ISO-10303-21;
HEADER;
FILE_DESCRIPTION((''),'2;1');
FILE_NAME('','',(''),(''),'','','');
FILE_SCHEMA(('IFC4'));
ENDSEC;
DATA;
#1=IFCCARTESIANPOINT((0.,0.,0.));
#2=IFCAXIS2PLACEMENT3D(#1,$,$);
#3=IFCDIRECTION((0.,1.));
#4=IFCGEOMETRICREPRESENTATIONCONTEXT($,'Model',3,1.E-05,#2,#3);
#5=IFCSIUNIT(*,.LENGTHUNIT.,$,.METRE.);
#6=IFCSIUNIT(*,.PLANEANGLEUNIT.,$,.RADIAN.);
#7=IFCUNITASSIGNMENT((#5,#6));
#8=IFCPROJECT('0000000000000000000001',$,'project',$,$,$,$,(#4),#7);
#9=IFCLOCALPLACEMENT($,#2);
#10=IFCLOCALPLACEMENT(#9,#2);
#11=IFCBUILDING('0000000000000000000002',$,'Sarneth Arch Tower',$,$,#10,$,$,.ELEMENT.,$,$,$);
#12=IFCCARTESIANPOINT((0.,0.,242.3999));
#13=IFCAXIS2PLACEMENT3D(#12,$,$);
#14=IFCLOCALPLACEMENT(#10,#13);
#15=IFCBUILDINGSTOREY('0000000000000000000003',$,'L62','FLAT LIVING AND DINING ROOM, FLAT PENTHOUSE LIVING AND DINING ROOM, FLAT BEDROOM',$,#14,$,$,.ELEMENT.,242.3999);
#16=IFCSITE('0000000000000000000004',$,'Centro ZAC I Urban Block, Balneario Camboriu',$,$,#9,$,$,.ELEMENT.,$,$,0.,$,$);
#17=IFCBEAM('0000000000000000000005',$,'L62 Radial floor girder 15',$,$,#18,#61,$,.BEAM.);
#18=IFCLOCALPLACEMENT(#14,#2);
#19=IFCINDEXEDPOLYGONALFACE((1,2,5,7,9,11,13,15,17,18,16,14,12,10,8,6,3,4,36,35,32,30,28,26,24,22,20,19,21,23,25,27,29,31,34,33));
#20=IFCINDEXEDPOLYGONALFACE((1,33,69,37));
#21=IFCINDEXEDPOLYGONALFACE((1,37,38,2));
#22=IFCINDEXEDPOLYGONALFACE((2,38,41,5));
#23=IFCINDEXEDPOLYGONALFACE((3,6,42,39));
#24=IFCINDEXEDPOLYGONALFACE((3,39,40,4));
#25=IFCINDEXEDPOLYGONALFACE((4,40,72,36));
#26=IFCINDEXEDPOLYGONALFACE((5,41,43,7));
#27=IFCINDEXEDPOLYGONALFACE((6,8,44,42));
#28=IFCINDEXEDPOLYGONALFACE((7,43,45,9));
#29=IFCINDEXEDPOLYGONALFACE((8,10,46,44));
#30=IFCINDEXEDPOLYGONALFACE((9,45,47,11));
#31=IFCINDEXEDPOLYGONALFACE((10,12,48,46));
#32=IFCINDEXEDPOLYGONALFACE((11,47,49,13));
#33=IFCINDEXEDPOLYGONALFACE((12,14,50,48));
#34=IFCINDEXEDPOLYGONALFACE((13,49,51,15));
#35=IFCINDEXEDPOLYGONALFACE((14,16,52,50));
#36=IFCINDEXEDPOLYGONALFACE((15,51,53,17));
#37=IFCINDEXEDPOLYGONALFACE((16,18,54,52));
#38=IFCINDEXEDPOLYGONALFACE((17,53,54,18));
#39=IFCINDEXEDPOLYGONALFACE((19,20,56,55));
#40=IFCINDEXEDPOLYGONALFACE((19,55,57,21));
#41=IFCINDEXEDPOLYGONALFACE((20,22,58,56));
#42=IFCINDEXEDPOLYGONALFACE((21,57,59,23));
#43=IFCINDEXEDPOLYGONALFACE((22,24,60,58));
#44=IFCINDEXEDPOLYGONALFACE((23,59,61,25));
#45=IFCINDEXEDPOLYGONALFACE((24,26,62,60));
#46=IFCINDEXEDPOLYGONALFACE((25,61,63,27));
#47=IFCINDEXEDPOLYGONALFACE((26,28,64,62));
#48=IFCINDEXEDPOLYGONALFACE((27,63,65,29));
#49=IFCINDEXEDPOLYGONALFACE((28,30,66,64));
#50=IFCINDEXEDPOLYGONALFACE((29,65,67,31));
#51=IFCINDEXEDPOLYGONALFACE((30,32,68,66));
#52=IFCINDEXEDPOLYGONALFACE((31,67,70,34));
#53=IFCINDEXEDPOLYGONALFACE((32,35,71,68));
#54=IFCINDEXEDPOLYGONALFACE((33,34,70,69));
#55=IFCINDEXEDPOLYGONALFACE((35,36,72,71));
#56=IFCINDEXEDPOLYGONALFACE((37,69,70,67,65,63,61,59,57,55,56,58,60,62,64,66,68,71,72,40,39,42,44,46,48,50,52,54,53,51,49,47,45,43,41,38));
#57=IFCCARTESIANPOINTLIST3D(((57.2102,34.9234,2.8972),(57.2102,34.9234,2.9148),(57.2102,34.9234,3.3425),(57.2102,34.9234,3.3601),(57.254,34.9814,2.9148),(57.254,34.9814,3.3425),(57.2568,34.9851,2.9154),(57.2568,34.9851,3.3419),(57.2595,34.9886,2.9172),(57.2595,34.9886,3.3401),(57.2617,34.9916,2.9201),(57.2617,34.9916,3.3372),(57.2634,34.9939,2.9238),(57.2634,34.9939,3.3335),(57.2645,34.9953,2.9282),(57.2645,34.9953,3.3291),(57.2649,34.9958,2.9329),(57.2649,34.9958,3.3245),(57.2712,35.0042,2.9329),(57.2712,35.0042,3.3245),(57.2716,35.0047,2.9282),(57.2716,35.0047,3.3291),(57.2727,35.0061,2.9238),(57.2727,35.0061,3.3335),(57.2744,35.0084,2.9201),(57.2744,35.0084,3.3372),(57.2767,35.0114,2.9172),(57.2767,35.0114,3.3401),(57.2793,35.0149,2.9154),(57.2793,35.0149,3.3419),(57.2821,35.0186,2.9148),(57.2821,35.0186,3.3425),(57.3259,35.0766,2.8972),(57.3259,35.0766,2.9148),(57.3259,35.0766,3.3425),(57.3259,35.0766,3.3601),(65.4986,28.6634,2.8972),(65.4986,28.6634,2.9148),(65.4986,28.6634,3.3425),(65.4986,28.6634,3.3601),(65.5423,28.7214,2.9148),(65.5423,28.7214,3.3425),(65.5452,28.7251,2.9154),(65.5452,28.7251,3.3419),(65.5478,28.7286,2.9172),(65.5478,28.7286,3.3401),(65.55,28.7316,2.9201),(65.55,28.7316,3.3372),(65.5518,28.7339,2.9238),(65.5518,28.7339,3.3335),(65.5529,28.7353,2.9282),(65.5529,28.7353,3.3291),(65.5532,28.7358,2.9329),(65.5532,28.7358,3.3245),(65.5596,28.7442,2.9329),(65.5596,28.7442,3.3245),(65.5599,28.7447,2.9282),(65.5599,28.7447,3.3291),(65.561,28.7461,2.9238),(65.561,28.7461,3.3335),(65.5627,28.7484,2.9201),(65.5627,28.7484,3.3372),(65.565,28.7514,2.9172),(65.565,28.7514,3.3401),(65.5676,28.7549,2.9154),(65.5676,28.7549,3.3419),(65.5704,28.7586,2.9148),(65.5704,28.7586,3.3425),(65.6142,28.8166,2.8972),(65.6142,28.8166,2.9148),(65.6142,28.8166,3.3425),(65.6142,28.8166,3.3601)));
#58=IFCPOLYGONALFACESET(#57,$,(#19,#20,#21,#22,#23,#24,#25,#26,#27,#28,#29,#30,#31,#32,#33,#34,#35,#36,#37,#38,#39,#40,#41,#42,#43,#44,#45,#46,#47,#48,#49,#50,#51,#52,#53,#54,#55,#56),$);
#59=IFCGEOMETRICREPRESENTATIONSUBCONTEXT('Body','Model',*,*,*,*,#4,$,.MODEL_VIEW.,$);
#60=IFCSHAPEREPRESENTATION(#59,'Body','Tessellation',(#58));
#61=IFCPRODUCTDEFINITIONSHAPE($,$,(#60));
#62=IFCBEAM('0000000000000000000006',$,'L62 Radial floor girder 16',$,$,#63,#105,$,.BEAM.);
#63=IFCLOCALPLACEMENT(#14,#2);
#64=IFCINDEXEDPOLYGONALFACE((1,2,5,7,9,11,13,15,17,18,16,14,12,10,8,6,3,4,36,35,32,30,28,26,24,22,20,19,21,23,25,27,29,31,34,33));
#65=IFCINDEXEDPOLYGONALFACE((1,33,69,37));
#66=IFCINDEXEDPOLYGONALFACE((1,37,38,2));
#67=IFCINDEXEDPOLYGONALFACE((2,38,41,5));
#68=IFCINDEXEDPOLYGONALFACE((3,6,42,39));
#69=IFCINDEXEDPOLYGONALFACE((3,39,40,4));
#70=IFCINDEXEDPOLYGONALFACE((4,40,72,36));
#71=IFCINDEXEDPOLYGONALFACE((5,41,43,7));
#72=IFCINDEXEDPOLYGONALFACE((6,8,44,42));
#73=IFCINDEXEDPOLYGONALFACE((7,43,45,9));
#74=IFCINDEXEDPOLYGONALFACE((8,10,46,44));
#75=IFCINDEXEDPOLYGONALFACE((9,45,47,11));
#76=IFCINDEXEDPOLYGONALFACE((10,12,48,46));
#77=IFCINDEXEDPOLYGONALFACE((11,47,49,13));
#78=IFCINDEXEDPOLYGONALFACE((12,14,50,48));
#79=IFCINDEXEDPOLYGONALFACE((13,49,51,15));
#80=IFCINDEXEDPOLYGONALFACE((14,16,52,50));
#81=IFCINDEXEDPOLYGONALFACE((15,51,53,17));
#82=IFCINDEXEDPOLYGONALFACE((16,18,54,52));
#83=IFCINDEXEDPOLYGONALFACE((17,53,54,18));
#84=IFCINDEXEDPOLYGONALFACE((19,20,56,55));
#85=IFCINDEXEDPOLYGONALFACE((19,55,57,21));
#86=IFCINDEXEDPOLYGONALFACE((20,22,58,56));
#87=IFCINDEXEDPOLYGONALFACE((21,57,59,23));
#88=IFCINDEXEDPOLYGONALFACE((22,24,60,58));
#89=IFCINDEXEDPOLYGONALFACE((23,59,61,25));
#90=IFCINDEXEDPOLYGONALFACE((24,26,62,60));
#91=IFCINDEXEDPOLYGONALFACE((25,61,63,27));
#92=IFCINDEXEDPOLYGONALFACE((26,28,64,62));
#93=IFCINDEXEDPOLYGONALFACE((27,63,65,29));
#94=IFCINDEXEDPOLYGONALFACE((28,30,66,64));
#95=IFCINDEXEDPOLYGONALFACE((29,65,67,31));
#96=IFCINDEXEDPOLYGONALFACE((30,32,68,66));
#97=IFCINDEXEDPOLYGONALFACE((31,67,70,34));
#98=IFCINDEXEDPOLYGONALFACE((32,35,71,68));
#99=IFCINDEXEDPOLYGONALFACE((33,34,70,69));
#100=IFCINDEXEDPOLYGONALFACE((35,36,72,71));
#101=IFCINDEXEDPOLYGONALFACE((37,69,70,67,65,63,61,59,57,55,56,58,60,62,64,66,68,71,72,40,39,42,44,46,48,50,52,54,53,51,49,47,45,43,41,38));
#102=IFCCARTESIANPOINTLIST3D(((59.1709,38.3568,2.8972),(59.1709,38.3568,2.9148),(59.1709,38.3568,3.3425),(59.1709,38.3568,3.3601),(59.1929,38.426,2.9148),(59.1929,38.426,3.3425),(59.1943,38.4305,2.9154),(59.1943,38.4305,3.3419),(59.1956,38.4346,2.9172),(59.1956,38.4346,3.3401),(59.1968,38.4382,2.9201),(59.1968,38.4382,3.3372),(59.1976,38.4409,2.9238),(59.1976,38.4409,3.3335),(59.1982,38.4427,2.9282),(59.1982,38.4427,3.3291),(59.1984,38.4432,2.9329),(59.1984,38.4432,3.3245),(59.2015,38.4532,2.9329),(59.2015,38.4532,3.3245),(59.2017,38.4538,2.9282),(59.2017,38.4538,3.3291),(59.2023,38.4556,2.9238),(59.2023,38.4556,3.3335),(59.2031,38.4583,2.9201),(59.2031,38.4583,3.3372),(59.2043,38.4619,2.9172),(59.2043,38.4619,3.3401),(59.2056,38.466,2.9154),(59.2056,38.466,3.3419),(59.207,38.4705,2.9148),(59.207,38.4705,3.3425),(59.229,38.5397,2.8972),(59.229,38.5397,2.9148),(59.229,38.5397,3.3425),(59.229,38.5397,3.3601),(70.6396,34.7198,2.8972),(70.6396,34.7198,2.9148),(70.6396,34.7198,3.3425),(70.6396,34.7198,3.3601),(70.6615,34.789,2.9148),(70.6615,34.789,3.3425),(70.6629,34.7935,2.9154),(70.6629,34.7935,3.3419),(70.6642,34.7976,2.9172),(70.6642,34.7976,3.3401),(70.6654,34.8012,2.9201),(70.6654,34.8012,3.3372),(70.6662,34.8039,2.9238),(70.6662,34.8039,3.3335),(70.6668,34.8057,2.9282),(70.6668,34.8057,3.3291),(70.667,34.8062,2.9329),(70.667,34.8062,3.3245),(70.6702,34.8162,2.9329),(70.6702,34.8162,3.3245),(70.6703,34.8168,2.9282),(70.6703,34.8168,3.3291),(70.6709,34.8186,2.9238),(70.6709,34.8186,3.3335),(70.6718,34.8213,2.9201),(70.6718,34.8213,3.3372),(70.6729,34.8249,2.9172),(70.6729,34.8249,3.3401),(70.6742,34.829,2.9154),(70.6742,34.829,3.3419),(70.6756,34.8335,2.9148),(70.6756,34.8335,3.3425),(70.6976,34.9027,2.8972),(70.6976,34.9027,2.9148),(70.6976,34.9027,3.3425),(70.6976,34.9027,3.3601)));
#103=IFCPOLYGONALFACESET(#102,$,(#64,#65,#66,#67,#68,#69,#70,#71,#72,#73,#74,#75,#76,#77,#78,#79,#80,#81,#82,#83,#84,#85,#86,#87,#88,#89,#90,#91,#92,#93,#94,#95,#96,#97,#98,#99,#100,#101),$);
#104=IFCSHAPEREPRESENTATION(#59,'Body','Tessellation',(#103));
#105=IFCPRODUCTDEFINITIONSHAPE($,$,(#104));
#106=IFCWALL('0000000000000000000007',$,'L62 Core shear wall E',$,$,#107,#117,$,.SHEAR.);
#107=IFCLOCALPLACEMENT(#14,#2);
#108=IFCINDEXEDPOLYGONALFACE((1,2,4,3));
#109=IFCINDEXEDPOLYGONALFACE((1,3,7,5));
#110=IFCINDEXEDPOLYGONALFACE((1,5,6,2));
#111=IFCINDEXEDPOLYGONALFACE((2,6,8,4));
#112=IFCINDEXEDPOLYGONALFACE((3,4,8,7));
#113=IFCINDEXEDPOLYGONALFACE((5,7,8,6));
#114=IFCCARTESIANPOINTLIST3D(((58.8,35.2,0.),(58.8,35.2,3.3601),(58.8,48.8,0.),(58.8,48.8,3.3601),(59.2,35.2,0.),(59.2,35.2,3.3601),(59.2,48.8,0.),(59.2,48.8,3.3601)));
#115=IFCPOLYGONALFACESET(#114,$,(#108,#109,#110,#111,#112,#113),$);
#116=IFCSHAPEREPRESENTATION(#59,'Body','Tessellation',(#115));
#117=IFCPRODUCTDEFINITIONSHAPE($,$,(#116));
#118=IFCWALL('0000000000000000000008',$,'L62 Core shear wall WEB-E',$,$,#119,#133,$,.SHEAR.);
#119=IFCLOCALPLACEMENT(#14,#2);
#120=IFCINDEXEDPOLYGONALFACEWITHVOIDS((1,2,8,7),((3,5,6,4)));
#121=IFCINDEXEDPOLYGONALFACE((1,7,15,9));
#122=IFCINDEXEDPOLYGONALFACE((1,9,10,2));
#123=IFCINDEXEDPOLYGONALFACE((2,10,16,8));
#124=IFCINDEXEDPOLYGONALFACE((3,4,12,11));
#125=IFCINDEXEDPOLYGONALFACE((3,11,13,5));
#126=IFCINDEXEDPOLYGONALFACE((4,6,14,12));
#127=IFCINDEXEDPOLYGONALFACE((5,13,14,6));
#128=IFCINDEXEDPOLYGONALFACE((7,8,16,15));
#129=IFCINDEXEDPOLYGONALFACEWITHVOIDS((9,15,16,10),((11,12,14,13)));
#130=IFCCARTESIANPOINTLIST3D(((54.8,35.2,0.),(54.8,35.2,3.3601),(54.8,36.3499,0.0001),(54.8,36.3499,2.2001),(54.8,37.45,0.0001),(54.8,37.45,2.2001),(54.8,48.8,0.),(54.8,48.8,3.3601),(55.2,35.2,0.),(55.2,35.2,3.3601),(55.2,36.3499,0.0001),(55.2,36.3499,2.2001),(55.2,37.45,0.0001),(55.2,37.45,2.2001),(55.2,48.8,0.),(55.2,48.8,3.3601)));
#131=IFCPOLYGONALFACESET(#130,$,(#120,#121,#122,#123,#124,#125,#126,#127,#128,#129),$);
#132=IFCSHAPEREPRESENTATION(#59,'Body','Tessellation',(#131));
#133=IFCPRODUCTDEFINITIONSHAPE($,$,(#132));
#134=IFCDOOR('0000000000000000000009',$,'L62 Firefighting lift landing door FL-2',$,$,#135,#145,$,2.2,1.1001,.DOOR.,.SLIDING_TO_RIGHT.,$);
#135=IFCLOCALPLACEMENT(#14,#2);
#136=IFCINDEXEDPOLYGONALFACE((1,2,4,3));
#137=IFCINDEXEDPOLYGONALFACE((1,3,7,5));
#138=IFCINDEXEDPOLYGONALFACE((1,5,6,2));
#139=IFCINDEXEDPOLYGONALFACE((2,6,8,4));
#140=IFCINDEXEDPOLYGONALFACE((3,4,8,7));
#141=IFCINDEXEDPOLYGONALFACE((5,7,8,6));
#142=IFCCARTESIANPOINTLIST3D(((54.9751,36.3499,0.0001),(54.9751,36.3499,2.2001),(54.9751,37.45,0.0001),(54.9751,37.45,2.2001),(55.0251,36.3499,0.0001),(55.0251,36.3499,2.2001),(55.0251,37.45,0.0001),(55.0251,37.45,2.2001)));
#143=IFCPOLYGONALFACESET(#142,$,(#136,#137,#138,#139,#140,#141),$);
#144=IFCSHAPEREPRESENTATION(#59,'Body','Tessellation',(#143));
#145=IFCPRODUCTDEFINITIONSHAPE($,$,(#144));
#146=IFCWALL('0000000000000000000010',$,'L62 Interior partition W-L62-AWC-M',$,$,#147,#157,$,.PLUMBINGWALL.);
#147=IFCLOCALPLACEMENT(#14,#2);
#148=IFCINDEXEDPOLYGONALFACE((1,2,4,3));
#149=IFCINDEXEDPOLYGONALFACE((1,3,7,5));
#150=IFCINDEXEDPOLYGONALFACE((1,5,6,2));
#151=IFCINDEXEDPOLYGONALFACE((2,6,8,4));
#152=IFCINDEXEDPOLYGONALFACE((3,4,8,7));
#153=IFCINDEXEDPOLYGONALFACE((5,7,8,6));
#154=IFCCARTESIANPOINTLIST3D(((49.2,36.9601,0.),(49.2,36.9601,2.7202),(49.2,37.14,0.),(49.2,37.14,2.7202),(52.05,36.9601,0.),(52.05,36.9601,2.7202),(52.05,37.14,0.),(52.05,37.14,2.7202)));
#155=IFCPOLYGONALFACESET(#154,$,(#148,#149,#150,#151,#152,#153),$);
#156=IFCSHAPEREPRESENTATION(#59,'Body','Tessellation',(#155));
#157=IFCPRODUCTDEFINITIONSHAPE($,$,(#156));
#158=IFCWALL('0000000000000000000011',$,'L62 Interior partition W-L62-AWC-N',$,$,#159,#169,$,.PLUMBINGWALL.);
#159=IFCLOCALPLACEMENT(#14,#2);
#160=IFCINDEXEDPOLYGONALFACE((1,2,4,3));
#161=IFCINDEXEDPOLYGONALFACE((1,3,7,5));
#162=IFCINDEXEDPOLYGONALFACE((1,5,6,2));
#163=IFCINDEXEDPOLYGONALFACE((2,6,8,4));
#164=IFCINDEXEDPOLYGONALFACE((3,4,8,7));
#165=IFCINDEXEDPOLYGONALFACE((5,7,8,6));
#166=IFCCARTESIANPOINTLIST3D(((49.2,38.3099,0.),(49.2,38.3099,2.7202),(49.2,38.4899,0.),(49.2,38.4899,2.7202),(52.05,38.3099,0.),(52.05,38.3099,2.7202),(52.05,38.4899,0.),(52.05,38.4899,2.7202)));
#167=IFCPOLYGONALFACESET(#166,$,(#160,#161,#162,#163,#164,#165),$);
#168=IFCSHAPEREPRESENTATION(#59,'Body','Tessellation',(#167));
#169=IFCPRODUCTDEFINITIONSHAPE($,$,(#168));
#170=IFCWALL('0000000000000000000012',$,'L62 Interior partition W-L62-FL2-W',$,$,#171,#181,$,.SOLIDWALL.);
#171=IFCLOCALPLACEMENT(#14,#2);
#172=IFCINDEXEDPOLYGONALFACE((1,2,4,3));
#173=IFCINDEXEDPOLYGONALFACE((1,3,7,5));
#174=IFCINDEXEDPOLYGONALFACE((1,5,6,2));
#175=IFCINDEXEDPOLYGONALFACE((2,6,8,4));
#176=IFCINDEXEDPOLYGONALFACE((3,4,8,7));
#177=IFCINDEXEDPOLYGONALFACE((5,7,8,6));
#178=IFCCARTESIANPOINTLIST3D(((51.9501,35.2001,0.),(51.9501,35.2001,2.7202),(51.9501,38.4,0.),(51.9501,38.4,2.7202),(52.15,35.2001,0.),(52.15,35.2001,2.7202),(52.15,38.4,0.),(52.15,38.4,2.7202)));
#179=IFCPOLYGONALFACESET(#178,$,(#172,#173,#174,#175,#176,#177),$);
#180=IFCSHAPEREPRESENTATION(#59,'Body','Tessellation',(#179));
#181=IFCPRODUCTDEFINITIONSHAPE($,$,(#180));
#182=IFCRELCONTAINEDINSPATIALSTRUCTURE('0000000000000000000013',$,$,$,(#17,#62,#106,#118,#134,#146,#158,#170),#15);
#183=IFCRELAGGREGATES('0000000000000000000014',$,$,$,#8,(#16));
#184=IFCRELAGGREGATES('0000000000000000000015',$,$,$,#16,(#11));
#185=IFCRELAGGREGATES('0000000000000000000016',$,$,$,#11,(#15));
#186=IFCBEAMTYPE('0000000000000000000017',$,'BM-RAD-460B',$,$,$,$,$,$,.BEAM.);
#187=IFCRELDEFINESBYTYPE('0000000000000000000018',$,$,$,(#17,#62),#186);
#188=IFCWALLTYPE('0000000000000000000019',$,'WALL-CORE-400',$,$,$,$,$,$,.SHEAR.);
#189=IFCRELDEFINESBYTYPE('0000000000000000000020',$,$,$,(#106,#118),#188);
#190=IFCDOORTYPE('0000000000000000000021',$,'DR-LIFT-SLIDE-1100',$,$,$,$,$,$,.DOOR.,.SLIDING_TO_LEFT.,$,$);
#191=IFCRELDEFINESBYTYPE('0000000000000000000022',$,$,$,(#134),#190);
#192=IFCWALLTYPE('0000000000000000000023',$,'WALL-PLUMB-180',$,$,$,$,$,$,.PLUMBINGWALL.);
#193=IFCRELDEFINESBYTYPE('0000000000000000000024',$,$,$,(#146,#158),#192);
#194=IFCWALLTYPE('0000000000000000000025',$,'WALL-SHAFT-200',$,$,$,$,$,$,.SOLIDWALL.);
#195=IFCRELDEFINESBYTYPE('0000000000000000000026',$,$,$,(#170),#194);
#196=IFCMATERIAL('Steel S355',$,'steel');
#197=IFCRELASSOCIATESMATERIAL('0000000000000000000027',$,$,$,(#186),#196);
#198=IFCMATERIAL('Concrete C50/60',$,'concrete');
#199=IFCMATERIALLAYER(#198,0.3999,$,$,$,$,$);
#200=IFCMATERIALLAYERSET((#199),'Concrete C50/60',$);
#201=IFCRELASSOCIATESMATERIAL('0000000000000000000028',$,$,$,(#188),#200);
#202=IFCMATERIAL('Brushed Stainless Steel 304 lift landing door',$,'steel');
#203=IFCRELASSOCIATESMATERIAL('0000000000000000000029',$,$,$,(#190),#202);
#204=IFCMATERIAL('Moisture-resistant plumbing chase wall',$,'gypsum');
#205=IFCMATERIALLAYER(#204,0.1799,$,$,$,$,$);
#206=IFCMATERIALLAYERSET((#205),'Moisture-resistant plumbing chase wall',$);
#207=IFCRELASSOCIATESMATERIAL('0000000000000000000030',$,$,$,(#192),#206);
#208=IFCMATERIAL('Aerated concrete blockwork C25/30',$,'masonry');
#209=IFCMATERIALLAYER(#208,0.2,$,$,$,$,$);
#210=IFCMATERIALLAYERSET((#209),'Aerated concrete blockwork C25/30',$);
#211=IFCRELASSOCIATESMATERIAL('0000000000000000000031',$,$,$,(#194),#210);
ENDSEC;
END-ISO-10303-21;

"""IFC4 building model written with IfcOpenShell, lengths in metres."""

from ifc_helpers import new_model, si_unit, direction, frame, frame_2d, origin, origin_2d, place, context, subcontext, project, spatial, rectangle, i_section, extrude, material, layer, layer_set, material_profile, profile_set, type_object, element, fill, save


model = new_model("IFC4")

# Units and contexts
model_context = context("Model", 3, precision=1e-05, world=origin(), true_north=direction((0.0, 1.0)))
body_context = subcontext(model_context, "Body", "Model", "MODEL_VIEW")
ifc_project = project(units=[si_unit("LENGTHUNIT", "METRE"), si_unit("PLANEANGLEUNIT", "RADIAN")], contexts=[model_context])

# Site, building, storey
site_placement = place(None, origin())
site = spatial("IfcSite", under=ifc_project, at=site_placement, Name="Centro ZAC I Urban Block, Balneario Camboriu", CompositionType="ELEMENT", RefElevation=0.0)
building_placement = place(site_placement, origin())
building = spatial("IfcBuilding", under=site, at=building_placement, Name="Sarneth Arch Tower", CompositionType="ELEMENT")
storey_placement = place(building_placement, frame((0.0, 0.0, 242.3999)))
storey = spatial("IfcBuildingStorey", under=building, at=storey_placement, Name="L62", Description="FLAT LIVING AND DINING ROOM, FLAT PENTHOUSE LIVING AND DINING ROOM, FLAT BEDROOM", CompositionType="ELEMENT", Elevation=242.3999)

# Beams
ifc_material_1 = material(Name="Steel S355", Category="steel")
ifc_material_profile_1 = material_profile(ifc_material_1, i_section(OverallWidth=0.1919, OverallDepth=0.4629, WebThickness=0.0105, FlangeThickness=0.0176, FilletRadius=0.0181, at=origin_2d()), Name="W460x89")
ifc_profile_set_1 = profile_set([ifc_material_profile_1], Name="Steel S355")
beam_type_1 = type_object("IfcBeamType", Name="BM-RAD-460B", PredefinedType="BEAM", material=ifc_profile_set_1)
beam_1_placement = place(storey_placement, frame((57.2681, 35.0, 3.1287), z_axis=(0.797973, -0.602693, 0.0), x_axis=(0.602693, 0.797973, 0.0)))
element("IfcBeam", 1, at=beam_1_placement, inside=storey, type_object=beam_type_1, Name="L62 Radial floor girder 15", PredefinedType="BEAM", context=body_context, shape_type="SweptSolid", body=[
    extrude(i_section(OverallWidth=0.1919, OverallDepth=0.4629, WebThickness=0.0105, FlangeThickness=0.0176, FilletRadius=0.0181, at=origin_2d()), origin(), (0.0, 0.0, 1.0), 10.3867),
])
beam_2_placement = place(storey_placement, frame((59.2, 38.4482, 3.1287), z_axis=(0.953216, -0.30229, 0.0), x_axis=(0.30229, 0.953216, 0.0)))
element("IfcBeam", 2, at=beam_2_placement, inside=storey, type_object=beam_type_1, Name="L62 Radial floor girder 16", PredefinedType="BEAM", context=body_context, shape_type="SweptSolid", body=[
    extrude(i_section(OverallWidth=0.1919, OverallDepth=0.4629, WebThickness=0.0105, FlangeThickness=0.0176, FilletRadius=0.0181, at=origin_2d()), origin(), (0.0, 0.0, 1.0), 12.0315),
])

# Shared definitions
ifc_material_2 = material(Name="Concrete C50/60", Category="concrete")
ifc_layer_1 = layer(ifc_material_2, 0.3999)
ifc_layer_set_1 = layer_set([ifc_layer_1], Name="Concrete C50/60")
wall_type_1 = type_object("IfcWallType", Name="WALL-CORE-400", PredefinedType="SHEAR", material=ifc_layer_set_1)

# Wall
wall_1_placement = place(storey_placement, frame((59.0, 35.2, 0.0), z_axis=(0.0, 0.0, 1.0), x_axis=(0.0, 1.0, 0.0)))
element("IfcWall", 3, at=wall_1_placement, inside=storey, type_object=wall_type_1, Name="L62 Core shear wall E", PredefinedType="SHEAR", context=body_context, shape_type="SweptSolid", body=[
    extrude(rectangle(XDim=13.6001, YDim=0.3999, at=frame_2d((6.8, 0.0))), origin(), (0.0, 0.0, 1.0), 3.3601),
])

# Wall, opening, door
wall_2_placement = place(storey_placement, frame((55.0, 35.2, 0.0), z_axis=(0.0, 0.0, 1.0), x_axis=(0.0, 1.0, 0.0)))
wall_2 = element("IfcWall", 4, at=wall_2_placement, inside=storey, type_object=wall_type_1, Name="L62 Core shear wall WEB-E", PredefinedType="SHEAR", context=body_context, shape_type="SweptSolid", body=[
    extrude(rectangle(XDim=13.6001, YDim=0.3999, at=frame_2d((6.8, 0.0))), origin(), (0.0, 0.0, 1.0), 3.3601),
])
opening_1_placement = place(wall_2_placement, frame((1.1499, 0.0, 0.0)))
opening_1 = element("IfcOpeningElement", 5, at=opening_1_placement, cuts=wall_2, PredefinedType="OPENING", context=body_context, shape_type="SweptSolid", body=[
    extrude(rectangle(XDim=1.1001, YDim=2.2, at=frame_2d((0.55, 1.1001))), frame((0.0, 0.21, 0.0), z_axis=(0.0, -1.0, 0.0), x_axis=(1.0, 0.0, 0.0)), (0.0, 0.0, 1.0), 0.4199),
])
ifc_material_3 = material(Name="Brushed Stainless Steel 304 lift landing door", Category="steel")
door_type_1 = type_object("IfcDoorType", Name="DR-LIFT-SLIDE-1100", OperationType="SLIDING_TO_LEFT", PredefinedType="DOOR", material=ifc_material_3)
door_1_placement = place(opening_1_placement, origin())
door_1 = element("IfcDoor", 6, at=door_1_placement, inside=storey, type_object=door_type_1, Name="L62 Firefighting lift landing door FL-2", OperationType="SLIDING_TO_RIGHT", OverallHeight=2.2, OverallWidth=1.1001, PredefinedType="DOOR", context=body_context, shape_type="SweptSolid", body=[
    extrude(rectangle(XDim=1.1001, YDim=2.2, at=frame_2d((0.55, 1.1001))), frame((0.0, 0.0249, 0.0), z_axis=(0.0, -1.0, 0.0), x_axis=(1.0, 0.0, 0.0)), (0.0, 0.0, 1.0), 0.05),
])
fill(opening_1, door_1)

# Walls
ifc_material_4 = material(Name="Moisture-resistant plumbing chase wall", Category="gypsum")
ifc_layer_2 = layer(ifc_material_4, 0.1799)
ifc_layer_set_2 = layer_set([ifc_layer_2], Name="Moisture-resistant plumbing chase wall")
wall_type_2 = type_object("IfcWallType", Name="WALL-PLUMB-180", PredefinedType="PLUMBINGWALL", material=ifc_layer_set_2)
for number, where, z_axis, x_axis, name in (
    (7, (49.2, 37.05, 0.0), (0.0, 0.0, 1.0), (1.0, 0.0, 0.0), "L62 Interior partition W-L62-AWC-M"),
    (8, (49.2, 38.3999, 0.0), (0.0, 0.0, 1.0), (1.0, 0.0, 0.0), "L62 Interior partition W-L62-AWC-N"),
):
    element("IfcWall", number, at=place(storey_placement, frame(where, z_axis=z_axis, x_axis=x_axis)), inside=storey, type_object=wall_type_2, Name=name, PredefinedType="PLUMBINGWALL", context=body_context, shape_type="SweptSolid", body=[
        extrude(rectangle(XDim=2.8501, YDim=0.1799, at=frame_2d((1.425, 0.0))), origin(), (0.0, 0.0, 1.0), 2.7202),
    ])

# Shared definitions
ifc_material_5 = material(Name="Aerated concrete blockwork C25/30", Category="masonry")
ifc_layer_3 = layer(ifc_material_5, 0.2)
ifc_layer_set_3 = layer_set([ifc_layer_3], Name="Aerated concrete blockwork C25/30")
wall_type_3 = type_object("IfcWallType", Name="WALL-SHAFT-200", PredefinedType="SOLIDWALL", material=ifc_layer_set_3)

# Wall
wall_3_placement = place(storey_placement, frame((52.05, 35.2, 0.0), z_axis=(0.0, 0.0, 1.0), x_axis=(0.0, 1.0, 0.0)))
element("IfcWall", 9, at=wall_3_placement, inside=storey, type_object=wall_type_3, Name="L62 Interior partition W-L62-FL2-W", PredefinedType="SOLIDWALL", context=body_context, shape_type="SweptSolid", body=[
    extrude(rectangle(XDim=3.2, YDim=0.2, at=frame_2d((1.6001, 0.0))), origin(), (0.0, 0.0, 1.0), 2.7202),
])

save(model, "model.ifc")
